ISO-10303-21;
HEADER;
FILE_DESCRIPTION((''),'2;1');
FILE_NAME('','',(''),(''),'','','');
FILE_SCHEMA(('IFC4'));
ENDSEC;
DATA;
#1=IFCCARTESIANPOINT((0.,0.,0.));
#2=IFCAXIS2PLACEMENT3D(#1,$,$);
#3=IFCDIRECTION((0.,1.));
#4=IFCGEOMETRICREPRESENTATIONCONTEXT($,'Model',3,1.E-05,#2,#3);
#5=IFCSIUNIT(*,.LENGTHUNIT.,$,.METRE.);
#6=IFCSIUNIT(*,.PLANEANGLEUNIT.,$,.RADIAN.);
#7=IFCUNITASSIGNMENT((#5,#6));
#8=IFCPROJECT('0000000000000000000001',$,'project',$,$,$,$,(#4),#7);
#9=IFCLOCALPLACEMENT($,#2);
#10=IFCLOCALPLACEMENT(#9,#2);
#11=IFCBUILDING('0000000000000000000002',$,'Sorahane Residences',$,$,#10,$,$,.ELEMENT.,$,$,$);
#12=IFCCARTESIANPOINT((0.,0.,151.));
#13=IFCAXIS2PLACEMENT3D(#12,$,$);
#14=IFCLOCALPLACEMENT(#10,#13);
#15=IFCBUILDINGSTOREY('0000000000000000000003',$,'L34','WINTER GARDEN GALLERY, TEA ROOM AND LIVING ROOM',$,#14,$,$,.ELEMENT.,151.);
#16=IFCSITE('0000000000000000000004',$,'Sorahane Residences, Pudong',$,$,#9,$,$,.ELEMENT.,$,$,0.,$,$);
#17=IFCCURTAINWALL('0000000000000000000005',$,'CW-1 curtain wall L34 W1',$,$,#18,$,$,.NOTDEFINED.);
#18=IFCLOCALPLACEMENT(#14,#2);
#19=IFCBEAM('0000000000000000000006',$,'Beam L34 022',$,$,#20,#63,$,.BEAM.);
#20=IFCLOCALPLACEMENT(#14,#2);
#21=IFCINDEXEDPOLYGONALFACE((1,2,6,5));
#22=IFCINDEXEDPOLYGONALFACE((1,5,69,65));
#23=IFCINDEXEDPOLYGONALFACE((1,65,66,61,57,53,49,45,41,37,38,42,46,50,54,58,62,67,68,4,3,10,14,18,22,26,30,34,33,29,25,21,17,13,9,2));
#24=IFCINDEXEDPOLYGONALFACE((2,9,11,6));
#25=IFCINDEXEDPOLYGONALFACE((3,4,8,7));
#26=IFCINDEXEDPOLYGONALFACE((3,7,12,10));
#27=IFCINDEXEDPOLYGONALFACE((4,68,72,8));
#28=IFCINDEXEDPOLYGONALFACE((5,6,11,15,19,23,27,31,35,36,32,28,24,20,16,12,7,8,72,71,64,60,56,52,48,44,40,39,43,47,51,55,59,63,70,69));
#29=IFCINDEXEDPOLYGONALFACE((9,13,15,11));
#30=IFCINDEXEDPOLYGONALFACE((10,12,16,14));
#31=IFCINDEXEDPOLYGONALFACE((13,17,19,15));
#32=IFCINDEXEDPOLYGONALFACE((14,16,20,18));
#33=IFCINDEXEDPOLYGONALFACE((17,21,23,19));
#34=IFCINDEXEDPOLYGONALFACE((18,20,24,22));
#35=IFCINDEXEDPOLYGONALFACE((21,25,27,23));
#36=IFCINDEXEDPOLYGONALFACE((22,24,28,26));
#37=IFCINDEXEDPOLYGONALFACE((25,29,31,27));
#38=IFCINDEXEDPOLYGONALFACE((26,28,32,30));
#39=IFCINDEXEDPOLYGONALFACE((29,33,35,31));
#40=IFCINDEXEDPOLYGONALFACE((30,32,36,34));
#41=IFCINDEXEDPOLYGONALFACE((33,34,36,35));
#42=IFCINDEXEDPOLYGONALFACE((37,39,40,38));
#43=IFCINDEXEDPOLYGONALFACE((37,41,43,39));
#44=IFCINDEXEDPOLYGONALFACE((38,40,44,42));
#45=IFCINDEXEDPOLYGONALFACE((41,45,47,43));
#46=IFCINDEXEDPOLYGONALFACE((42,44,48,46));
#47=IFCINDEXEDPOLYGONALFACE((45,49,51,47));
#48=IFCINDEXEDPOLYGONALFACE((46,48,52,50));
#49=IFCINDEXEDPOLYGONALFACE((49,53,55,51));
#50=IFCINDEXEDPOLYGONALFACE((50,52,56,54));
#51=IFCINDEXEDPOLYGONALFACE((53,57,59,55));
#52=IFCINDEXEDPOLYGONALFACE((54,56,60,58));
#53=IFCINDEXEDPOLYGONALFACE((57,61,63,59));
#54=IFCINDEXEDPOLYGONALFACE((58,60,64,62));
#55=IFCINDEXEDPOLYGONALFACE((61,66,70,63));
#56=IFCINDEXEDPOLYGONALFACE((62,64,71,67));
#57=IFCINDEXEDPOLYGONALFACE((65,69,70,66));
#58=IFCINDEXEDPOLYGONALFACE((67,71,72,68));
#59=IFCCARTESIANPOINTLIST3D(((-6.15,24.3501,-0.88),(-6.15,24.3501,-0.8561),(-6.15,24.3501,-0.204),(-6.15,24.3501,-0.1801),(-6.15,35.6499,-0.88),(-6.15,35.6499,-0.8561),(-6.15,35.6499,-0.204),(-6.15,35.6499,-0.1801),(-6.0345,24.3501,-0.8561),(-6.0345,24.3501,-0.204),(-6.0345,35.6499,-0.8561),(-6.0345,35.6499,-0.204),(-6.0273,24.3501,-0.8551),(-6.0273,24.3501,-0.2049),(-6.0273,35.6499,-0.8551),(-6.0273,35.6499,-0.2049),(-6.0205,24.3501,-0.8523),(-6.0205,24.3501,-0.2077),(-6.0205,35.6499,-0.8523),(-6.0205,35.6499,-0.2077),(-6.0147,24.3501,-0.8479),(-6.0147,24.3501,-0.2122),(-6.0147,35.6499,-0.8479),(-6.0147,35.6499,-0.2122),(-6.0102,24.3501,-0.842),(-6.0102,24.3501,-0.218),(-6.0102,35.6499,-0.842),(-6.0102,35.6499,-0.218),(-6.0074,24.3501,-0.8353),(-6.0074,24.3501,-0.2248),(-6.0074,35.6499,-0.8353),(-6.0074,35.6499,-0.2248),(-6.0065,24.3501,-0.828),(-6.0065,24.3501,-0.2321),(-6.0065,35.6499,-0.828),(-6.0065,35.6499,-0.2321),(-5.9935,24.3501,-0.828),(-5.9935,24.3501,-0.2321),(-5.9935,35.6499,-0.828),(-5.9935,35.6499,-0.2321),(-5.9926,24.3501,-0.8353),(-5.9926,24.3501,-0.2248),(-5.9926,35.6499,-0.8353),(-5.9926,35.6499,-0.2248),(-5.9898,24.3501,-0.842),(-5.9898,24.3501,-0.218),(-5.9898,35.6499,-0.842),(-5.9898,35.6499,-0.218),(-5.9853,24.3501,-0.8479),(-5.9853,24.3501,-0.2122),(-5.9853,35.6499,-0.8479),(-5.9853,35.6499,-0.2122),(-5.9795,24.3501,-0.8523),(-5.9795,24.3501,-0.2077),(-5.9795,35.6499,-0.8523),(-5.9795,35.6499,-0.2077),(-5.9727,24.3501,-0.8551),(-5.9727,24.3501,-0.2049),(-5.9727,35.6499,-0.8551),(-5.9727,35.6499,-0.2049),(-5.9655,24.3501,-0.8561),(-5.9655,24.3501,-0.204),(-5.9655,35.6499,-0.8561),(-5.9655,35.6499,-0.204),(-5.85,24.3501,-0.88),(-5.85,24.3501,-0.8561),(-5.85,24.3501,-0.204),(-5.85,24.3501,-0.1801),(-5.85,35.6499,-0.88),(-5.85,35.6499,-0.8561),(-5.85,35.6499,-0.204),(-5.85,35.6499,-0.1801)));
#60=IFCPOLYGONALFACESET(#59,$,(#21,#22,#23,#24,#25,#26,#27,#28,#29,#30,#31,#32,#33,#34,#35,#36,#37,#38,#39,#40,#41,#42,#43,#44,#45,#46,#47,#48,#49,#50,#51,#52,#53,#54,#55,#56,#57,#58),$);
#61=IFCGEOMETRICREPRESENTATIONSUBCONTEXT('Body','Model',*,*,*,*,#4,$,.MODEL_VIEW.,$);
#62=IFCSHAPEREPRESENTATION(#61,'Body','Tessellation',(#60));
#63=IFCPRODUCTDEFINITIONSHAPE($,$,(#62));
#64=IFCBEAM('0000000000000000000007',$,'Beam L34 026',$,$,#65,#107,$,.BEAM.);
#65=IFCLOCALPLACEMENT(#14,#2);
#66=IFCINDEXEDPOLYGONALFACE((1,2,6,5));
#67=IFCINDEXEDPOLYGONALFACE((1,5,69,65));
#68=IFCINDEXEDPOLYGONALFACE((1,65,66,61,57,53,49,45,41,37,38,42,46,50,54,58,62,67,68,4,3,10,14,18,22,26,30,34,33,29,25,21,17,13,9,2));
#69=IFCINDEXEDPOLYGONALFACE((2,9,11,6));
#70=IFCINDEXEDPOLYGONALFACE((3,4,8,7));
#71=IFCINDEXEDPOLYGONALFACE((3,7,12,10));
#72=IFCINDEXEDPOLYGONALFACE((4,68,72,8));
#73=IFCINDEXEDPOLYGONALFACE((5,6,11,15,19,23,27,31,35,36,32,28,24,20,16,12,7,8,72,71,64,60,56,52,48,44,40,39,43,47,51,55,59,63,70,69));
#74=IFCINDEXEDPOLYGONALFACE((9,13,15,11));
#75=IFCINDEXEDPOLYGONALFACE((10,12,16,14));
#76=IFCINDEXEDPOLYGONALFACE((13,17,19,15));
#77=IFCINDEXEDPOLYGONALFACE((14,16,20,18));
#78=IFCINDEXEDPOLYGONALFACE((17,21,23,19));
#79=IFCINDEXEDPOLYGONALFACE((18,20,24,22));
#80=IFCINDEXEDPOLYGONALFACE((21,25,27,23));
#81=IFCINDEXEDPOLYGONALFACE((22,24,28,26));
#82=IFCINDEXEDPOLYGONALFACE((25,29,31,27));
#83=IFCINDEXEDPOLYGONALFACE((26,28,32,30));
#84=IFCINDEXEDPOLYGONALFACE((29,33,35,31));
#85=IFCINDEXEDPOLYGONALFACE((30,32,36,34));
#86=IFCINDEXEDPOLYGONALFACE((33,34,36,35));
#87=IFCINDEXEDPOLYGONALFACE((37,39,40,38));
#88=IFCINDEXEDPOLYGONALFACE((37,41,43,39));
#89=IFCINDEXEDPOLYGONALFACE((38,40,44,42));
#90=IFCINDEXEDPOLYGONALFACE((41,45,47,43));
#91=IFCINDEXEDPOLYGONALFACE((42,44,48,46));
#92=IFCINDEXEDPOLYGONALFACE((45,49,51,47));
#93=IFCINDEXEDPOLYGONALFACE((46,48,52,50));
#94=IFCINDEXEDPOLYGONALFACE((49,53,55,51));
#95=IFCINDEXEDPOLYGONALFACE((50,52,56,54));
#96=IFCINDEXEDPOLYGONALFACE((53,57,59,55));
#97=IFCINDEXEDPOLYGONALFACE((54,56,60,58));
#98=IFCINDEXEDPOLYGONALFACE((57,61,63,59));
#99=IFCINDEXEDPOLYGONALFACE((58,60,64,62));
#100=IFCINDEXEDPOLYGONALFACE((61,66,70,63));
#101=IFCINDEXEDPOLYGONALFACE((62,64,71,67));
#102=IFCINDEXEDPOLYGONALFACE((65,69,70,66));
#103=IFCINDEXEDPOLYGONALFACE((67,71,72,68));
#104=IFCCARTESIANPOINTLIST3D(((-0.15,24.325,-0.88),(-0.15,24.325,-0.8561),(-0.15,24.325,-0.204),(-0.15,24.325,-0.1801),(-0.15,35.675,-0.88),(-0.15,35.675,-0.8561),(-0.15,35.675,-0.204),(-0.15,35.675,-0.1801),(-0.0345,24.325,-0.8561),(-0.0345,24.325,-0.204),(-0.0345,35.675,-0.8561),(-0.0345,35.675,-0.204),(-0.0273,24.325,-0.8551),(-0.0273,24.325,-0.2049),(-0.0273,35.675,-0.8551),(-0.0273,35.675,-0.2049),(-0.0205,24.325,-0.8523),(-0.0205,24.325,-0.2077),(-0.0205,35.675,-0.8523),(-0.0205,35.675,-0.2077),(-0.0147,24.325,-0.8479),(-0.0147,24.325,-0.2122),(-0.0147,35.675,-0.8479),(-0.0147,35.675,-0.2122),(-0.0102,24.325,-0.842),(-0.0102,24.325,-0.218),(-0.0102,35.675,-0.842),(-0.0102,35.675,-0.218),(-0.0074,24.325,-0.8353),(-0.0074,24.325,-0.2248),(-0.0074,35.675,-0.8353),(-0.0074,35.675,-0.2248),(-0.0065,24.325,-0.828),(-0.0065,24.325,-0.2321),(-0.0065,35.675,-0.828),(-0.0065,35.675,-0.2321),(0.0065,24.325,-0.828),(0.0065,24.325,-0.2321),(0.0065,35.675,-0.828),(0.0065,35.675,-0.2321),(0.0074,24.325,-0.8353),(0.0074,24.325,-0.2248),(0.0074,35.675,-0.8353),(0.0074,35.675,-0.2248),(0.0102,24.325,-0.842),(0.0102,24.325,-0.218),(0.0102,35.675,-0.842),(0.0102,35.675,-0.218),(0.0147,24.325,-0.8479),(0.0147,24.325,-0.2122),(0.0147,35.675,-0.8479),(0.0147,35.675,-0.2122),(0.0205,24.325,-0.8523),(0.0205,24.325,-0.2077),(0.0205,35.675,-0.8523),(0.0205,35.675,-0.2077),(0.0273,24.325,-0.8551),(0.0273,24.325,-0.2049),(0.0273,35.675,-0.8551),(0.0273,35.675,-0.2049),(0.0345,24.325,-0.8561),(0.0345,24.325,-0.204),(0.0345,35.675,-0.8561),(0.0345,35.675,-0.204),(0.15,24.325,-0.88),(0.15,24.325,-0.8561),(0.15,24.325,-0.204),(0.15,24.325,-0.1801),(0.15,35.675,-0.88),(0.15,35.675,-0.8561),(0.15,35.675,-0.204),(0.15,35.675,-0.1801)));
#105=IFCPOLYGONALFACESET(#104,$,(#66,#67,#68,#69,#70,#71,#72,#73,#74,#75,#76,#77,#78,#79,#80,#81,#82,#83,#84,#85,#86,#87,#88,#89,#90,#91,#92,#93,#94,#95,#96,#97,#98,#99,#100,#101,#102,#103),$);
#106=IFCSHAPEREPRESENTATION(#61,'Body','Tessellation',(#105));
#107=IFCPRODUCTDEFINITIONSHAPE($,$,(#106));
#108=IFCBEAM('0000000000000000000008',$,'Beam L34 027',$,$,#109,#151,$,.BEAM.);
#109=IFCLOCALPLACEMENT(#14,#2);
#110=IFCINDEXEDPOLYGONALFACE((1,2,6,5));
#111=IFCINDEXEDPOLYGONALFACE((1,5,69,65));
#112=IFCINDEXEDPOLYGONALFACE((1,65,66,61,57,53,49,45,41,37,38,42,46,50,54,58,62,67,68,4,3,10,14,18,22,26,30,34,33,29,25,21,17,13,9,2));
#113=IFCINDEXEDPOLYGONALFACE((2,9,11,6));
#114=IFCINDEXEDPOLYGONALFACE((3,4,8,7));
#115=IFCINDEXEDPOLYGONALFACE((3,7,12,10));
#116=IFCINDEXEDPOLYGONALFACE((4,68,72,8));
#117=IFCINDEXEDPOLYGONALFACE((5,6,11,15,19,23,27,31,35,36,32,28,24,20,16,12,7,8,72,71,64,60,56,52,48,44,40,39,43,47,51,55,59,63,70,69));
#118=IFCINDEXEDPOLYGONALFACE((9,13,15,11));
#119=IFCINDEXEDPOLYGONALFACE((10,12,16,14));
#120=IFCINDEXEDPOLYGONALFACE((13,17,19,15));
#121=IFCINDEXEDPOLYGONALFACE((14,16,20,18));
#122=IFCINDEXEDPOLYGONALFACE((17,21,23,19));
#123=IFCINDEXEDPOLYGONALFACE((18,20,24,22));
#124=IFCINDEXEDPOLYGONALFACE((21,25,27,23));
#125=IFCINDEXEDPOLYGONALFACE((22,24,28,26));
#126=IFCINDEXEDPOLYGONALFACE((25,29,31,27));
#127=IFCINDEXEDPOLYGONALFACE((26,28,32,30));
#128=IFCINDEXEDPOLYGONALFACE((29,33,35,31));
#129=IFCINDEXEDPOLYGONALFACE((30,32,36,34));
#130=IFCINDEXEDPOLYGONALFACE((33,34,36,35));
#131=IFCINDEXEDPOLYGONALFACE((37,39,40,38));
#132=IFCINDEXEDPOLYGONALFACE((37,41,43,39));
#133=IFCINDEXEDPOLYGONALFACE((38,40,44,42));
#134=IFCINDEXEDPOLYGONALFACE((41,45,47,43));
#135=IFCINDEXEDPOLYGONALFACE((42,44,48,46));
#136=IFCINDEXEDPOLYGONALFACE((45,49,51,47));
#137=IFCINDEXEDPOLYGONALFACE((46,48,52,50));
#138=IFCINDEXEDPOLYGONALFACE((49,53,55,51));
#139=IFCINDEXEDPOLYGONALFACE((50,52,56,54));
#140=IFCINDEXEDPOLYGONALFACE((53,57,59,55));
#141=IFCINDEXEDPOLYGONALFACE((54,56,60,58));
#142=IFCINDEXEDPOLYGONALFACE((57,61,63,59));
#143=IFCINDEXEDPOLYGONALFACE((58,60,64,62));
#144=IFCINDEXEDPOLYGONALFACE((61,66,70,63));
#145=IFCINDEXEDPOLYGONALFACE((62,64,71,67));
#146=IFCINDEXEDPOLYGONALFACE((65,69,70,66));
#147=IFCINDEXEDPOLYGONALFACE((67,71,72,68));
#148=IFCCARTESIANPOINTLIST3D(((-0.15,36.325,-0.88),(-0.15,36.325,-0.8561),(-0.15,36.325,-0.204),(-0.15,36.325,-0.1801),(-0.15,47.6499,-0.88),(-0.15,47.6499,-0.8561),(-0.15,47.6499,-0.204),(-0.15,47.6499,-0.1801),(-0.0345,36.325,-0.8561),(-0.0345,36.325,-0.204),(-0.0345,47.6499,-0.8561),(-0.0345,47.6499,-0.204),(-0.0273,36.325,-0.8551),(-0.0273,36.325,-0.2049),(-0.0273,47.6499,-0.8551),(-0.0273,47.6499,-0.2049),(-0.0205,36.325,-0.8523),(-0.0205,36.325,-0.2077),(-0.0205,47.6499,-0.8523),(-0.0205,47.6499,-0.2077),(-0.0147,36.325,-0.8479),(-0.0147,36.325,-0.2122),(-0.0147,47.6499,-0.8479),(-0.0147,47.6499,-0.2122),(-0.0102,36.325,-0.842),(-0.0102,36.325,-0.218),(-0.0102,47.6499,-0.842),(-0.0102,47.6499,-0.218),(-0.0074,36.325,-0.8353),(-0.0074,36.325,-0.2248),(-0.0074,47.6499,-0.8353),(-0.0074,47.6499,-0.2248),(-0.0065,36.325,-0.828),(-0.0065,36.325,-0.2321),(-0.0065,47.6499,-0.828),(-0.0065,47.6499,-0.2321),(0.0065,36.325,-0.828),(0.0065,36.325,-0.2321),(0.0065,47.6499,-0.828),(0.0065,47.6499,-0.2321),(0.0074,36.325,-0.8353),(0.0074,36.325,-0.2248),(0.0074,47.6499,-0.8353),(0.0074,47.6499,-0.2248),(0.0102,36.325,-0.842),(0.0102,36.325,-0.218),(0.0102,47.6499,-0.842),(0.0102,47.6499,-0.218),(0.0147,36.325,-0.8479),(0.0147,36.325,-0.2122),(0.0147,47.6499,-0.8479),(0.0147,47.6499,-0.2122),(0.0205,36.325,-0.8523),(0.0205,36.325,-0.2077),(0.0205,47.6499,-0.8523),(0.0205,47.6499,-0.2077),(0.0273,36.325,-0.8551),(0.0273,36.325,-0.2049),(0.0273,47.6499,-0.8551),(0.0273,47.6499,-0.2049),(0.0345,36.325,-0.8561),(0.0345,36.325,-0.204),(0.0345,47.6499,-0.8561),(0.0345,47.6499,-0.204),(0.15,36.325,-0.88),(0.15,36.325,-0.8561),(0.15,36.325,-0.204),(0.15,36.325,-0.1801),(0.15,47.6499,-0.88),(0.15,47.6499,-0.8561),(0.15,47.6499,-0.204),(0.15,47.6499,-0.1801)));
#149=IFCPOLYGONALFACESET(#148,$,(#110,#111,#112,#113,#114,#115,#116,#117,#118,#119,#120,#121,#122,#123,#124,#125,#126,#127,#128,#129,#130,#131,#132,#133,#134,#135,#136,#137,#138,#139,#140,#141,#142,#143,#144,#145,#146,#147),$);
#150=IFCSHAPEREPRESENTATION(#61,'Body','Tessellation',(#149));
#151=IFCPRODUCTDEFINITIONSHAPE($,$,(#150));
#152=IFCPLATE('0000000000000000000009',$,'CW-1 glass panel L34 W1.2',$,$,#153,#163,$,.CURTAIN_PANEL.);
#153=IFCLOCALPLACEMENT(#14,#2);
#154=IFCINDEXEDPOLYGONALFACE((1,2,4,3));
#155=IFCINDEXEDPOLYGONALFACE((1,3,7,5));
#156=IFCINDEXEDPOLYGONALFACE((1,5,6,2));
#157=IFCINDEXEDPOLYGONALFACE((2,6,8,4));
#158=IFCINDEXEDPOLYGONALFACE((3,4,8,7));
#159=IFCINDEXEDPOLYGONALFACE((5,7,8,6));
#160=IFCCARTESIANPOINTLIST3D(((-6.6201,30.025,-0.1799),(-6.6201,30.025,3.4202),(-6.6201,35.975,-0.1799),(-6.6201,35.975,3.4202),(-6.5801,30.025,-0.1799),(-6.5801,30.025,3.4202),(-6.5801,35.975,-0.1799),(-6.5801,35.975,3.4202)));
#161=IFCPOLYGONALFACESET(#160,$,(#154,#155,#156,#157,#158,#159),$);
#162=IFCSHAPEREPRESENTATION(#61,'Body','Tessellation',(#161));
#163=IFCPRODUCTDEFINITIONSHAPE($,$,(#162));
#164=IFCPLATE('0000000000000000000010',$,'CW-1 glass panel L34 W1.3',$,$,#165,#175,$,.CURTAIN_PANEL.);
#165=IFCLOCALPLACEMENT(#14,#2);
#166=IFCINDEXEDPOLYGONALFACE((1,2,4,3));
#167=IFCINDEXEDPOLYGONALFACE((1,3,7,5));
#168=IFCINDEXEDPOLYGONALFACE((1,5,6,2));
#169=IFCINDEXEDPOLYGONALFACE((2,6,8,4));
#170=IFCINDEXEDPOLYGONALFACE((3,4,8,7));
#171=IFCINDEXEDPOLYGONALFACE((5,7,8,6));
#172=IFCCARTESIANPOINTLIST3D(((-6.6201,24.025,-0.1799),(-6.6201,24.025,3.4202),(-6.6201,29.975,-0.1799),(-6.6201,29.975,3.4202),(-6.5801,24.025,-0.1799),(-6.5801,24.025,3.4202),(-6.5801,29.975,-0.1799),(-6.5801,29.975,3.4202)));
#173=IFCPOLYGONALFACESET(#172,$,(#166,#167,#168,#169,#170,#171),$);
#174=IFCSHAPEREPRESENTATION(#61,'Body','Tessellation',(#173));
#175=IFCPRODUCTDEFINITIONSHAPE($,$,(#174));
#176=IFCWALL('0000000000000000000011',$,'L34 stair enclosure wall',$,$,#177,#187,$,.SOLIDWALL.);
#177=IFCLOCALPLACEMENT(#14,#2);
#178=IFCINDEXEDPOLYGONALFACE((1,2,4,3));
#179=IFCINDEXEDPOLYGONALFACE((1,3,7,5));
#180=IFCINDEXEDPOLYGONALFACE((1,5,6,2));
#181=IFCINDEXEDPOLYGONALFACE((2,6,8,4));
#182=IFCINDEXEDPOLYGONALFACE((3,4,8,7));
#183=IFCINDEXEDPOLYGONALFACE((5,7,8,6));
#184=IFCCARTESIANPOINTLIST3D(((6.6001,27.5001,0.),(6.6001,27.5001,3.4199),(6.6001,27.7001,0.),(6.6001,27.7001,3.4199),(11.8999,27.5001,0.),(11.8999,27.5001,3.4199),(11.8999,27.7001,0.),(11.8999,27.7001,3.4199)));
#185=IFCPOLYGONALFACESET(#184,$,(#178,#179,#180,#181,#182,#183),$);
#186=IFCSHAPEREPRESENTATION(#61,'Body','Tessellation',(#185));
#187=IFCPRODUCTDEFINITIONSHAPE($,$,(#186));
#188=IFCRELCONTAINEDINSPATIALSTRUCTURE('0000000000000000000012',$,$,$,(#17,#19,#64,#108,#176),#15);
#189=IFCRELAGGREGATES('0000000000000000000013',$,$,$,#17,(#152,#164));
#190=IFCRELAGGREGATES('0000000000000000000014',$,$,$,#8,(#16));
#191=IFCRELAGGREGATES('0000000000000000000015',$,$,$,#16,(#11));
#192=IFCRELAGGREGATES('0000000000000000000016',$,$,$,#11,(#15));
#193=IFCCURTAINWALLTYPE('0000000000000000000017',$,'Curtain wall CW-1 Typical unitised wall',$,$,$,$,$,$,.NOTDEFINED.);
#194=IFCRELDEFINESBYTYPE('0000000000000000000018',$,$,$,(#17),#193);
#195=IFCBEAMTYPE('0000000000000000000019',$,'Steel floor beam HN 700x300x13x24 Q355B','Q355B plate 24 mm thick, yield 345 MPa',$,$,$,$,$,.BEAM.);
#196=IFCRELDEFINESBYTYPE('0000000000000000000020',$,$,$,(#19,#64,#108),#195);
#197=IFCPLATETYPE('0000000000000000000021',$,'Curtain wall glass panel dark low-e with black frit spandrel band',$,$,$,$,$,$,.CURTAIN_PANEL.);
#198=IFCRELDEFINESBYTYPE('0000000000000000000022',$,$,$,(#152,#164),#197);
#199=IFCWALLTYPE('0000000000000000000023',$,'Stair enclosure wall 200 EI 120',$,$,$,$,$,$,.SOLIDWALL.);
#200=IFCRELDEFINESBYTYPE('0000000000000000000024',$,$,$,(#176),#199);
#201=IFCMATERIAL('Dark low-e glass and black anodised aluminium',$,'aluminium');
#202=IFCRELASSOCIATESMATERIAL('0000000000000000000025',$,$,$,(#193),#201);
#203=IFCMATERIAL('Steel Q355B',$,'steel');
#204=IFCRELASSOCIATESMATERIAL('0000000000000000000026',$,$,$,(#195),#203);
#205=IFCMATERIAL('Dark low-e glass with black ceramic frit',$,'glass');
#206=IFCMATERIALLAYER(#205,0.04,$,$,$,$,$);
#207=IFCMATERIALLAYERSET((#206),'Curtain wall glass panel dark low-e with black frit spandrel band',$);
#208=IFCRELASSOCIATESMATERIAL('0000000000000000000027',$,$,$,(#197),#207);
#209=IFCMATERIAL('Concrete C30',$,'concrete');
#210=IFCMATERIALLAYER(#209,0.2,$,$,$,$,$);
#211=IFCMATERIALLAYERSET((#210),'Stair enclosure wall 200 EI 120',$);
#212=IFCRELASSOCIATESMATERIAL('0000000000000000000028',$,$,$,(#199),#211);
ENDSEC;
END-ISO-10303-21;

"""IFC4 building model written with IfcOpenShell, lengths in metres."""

from ifc_helpers import new_model, si_unit, direction, frame, frame_2d, origin, origin_2d, place, context, subcontext, project, spatial, rectangle, i_section, extrude, material, layer, layer_set, material_profile, profile_set, type_object, element, aggregate, save


model = new_model("IFC4")

# Units and contexts
model_context = context("Model", 3, precision=1e-05, world=origin(), true_north=direction((0.0, 1.0)))
body_context = subcontext(model_context, "Body", "Model", "MODEL_VIEW")
ifc_project = project(units=[si_unit("LENGTHUNIT", "METRE"), si_unit("PLANEANGLEUNIT", "RADIAN")], contexts=[model_context])

# Site, building, storey
site_placement = place(None, origin())
site = spatial("IfcSite", under=ifc_project, at=site_placement, Name="Sorahane Residences, Pudong", CompositionType="ELEMENT", RefElevation=0.0)
building_placement = place(site_placement, origin())
building = spatial("IfcBuilding", under=site, at=building_placement, Name="Sorahane Residences", CompositionType="ELEMENT")
storey_placement = place(building_placement, frame((0.0, 0.0, 151.0)))
storey = spatial("IfcBuildingStorey", under=building, at=storey_placement, Name="L34", Description="WINTER GARDEN GALLERY, TEA ROOM AND LIVING ROOM", CompositionType="ELEMENT", Elevation=151.0)

# Curtain wall
ifc_material_1 = material(Name="Dark low-e glass and black anodised aluminium", Category="aluminium")
curtain_wall_type = type_object("IfcCurtainWallType", Name="Curtain wall CW-1 Typical unitised wall", PredefinedType="NOTDEFINED", material=ifc_material_1)
curtain_wall_placement = place(storey_placement, origin())
curtain_wall = element("IfcCurtainWall", 1, at=curtain_wall_placement, inside=storey, type_object=curtain_wall_type, Name="CW-1 curtain wall L34 W1", PredefinedType="NOTDEFINED")

# Beams
ifc_material_2 = material(Name="Steel Q355B", Category="steel")
ifc_material_profile_1 = material_profile(ifc_material_2, i_section(OverallWidth=0.3, OverallDepth=0.7, WebThickness=0.0129, FlangeThickness=0.0239, FilletRadius=0.0281, at=origin_2d()), Name="HN 700x300x13x24")
ifc_profile_set_1 = profile_set([ifc_material_profile_1], Name="Steel Q355B")
beam_type_1 = type_object("IfcBeamType", Name="Steel floor beam HN 700x300x13x24 Q355B", Description="Q355B plate 24 mm thick, yield 345 MPa", PredefinedType="BEAM", material=ifc_profile_set_1)
beam_1_placement = place(storey_placement, frame((-6.0, 24.3501, -0.53), z_axis=(0.0, 1.0, 0.0), x_axis=(-1.0, 0.0, 0.0)))
element("IfcBeam", 2, at=beam_1_placement, inside=storey, type_object=beam_type_1, Name="Beam L34 022", PredefinedType="BEAM", context=body_context, shape_type="SweptSolid", body=[
    extrude(i_section(OverallWidth=0.3, OverallDepth=0.7, WebThickness=0.0129, FlangeThickness=0.0239, FilletRadius=0.0281, at=origin_2d()), origin(), (0.0, 0.0, 1.0), 11.2998),
])
beam_2_placement = place(storey_placement, frame((0.0, 24.325, -0.53), z_axis=(0.0, 1.0, 0.0), x_axis=(-1.0, 0.0, 0.0)))
element("IfcBeam", 3, at=beam_2_placement, inside=storey, type_object=beam_type_1, Name="Beam L34 026", PredefinedType="BEAM", context=body_context, shape_type="SweptSolid", body=[
    extrude(i_section(OverallWidth=0.3, OverallDepth=0.7, WebThickness=0.0129, FlangeThickness=0.0239, FilletRadius=0.0281, at=origin_2d()), origin(), (0.0, 0.0, 1.0), 11.3501),
])
beam_3_placement = place(storey_placement, frame((0.0, 36.325, -0.53), z_axis=(0.0, 1.0, 0.0), x_axis=(-1.0, 0.0, 0.0)))
element("IfcBeam", 4, at=beam_3_placement, inside=storey, type_object=beam_type_1, Name="Beam L34 027", PredefinedType="BEAM", context=body_context, shape_type="SweptSolid", body=[
    extrude(i_section(OverallWidth=0.3, OverallDepth=0.7, WebThickness=0.0129, FlangeThickness=0.0239, FilletRadius=0.0281, at=origin_2d()), origin(), (0.0, 0.0, 1.0), 11.325),
])

# Plates
ifc_material_3 = material(Name="Dark low-e glass with black ceramic frit", Category="glass")
ifc_layer_1 = layer(ifc_material_3, 0.04)
ifc_layer_set_1 = layer_set([ifc_layer_1], Name="Curtain wall glass panel dark low-e with black frit spandrel band")
plate_type = type_object("IfcPlateType", Name="Curtain wall glass panel dark low-e with black frit spandrel band", PredefinedType="CURTAIN_PANEL", material=ifc_layer_set_1)
plate_1_placement = place(storey_placement, frame((-6.6001, 33.0, -0.1799), z_axis=(0.0, 0.0, 1.0), x_axis=(0.0, -1.0, 0.0)))
plate_1 = element("IfcPlate", 5, at=plate_1_placement, type_object=plate_type, Name="CW-1 glass panel L34 W1.2", PredefinedType="CURTAIN_PANEL", context=body_context, shape_type="SweptSolid", body=[
    extrude(rectangle(XDim=5.95, YDim=0.04, at=origin_2d()), origin(), (0.0, 0.0, 1.0), 3.6001),
])
plate_2_placement = place(storey_placement, frame((-6.6001, 27.0, -0.1799), z_axis=(0.0, 0.0, 1.0), x_axis=(0.0, -1.0, 0.0)))
plate_2 = element("IfcPlate", 6, at=plate_2_placement, type_object=plate_type, Name="CW-1 glass panel L34 W1.3", PredefinedType="CURTAIN_PANEL", context=body_context, shape_type="SweptSolid", body=[
    extrude(rectangle(XDim=5.95, YDim=0.04, at=origin_2d()), origin(), (0.0, 0.0, 1.0), 3.6001),
])
aggregate(curtain_wall, [plate_1, plate_2])

# Wall
ifc_material_4 = material(Name="Concrete C30", Category="concrete")
ifc_layer_2 = layer(ifc_material_4, 0.2)
ifc_layer_set_2 = layer_set([ifc_layer_2], Name="Stair enclosure wall 200 EI 120")
wall_type = type_object("IfcWallType", Name="Stair enclosure wall 200 EI 120", PredefinedType="SOLIDWALL", material=ifc_layer_set_2)
wall_placement = place(storey_placement, frame((6.6001, 27.6001, 0.0), z_axis=(0.0, 0.0, 1.0), x_axis=(1.0, 0.0, 0.0)))
element("IfcWall", 7, at=wall_placement, inside=storey, type_object=wall_type, Name="L34 stair enclosure wall", PredefinedType="SOLIDWALL", context=body_context, shape_type="SweptSolid", body=[
    extrude(rectangle(XDim=5.2998, YDim=0.2, at=frame_2d((2.6499, 0.0))), origin(), (0.0, 0.0, 1.0), 3.4199),
])

save(model, "model.ifc")
